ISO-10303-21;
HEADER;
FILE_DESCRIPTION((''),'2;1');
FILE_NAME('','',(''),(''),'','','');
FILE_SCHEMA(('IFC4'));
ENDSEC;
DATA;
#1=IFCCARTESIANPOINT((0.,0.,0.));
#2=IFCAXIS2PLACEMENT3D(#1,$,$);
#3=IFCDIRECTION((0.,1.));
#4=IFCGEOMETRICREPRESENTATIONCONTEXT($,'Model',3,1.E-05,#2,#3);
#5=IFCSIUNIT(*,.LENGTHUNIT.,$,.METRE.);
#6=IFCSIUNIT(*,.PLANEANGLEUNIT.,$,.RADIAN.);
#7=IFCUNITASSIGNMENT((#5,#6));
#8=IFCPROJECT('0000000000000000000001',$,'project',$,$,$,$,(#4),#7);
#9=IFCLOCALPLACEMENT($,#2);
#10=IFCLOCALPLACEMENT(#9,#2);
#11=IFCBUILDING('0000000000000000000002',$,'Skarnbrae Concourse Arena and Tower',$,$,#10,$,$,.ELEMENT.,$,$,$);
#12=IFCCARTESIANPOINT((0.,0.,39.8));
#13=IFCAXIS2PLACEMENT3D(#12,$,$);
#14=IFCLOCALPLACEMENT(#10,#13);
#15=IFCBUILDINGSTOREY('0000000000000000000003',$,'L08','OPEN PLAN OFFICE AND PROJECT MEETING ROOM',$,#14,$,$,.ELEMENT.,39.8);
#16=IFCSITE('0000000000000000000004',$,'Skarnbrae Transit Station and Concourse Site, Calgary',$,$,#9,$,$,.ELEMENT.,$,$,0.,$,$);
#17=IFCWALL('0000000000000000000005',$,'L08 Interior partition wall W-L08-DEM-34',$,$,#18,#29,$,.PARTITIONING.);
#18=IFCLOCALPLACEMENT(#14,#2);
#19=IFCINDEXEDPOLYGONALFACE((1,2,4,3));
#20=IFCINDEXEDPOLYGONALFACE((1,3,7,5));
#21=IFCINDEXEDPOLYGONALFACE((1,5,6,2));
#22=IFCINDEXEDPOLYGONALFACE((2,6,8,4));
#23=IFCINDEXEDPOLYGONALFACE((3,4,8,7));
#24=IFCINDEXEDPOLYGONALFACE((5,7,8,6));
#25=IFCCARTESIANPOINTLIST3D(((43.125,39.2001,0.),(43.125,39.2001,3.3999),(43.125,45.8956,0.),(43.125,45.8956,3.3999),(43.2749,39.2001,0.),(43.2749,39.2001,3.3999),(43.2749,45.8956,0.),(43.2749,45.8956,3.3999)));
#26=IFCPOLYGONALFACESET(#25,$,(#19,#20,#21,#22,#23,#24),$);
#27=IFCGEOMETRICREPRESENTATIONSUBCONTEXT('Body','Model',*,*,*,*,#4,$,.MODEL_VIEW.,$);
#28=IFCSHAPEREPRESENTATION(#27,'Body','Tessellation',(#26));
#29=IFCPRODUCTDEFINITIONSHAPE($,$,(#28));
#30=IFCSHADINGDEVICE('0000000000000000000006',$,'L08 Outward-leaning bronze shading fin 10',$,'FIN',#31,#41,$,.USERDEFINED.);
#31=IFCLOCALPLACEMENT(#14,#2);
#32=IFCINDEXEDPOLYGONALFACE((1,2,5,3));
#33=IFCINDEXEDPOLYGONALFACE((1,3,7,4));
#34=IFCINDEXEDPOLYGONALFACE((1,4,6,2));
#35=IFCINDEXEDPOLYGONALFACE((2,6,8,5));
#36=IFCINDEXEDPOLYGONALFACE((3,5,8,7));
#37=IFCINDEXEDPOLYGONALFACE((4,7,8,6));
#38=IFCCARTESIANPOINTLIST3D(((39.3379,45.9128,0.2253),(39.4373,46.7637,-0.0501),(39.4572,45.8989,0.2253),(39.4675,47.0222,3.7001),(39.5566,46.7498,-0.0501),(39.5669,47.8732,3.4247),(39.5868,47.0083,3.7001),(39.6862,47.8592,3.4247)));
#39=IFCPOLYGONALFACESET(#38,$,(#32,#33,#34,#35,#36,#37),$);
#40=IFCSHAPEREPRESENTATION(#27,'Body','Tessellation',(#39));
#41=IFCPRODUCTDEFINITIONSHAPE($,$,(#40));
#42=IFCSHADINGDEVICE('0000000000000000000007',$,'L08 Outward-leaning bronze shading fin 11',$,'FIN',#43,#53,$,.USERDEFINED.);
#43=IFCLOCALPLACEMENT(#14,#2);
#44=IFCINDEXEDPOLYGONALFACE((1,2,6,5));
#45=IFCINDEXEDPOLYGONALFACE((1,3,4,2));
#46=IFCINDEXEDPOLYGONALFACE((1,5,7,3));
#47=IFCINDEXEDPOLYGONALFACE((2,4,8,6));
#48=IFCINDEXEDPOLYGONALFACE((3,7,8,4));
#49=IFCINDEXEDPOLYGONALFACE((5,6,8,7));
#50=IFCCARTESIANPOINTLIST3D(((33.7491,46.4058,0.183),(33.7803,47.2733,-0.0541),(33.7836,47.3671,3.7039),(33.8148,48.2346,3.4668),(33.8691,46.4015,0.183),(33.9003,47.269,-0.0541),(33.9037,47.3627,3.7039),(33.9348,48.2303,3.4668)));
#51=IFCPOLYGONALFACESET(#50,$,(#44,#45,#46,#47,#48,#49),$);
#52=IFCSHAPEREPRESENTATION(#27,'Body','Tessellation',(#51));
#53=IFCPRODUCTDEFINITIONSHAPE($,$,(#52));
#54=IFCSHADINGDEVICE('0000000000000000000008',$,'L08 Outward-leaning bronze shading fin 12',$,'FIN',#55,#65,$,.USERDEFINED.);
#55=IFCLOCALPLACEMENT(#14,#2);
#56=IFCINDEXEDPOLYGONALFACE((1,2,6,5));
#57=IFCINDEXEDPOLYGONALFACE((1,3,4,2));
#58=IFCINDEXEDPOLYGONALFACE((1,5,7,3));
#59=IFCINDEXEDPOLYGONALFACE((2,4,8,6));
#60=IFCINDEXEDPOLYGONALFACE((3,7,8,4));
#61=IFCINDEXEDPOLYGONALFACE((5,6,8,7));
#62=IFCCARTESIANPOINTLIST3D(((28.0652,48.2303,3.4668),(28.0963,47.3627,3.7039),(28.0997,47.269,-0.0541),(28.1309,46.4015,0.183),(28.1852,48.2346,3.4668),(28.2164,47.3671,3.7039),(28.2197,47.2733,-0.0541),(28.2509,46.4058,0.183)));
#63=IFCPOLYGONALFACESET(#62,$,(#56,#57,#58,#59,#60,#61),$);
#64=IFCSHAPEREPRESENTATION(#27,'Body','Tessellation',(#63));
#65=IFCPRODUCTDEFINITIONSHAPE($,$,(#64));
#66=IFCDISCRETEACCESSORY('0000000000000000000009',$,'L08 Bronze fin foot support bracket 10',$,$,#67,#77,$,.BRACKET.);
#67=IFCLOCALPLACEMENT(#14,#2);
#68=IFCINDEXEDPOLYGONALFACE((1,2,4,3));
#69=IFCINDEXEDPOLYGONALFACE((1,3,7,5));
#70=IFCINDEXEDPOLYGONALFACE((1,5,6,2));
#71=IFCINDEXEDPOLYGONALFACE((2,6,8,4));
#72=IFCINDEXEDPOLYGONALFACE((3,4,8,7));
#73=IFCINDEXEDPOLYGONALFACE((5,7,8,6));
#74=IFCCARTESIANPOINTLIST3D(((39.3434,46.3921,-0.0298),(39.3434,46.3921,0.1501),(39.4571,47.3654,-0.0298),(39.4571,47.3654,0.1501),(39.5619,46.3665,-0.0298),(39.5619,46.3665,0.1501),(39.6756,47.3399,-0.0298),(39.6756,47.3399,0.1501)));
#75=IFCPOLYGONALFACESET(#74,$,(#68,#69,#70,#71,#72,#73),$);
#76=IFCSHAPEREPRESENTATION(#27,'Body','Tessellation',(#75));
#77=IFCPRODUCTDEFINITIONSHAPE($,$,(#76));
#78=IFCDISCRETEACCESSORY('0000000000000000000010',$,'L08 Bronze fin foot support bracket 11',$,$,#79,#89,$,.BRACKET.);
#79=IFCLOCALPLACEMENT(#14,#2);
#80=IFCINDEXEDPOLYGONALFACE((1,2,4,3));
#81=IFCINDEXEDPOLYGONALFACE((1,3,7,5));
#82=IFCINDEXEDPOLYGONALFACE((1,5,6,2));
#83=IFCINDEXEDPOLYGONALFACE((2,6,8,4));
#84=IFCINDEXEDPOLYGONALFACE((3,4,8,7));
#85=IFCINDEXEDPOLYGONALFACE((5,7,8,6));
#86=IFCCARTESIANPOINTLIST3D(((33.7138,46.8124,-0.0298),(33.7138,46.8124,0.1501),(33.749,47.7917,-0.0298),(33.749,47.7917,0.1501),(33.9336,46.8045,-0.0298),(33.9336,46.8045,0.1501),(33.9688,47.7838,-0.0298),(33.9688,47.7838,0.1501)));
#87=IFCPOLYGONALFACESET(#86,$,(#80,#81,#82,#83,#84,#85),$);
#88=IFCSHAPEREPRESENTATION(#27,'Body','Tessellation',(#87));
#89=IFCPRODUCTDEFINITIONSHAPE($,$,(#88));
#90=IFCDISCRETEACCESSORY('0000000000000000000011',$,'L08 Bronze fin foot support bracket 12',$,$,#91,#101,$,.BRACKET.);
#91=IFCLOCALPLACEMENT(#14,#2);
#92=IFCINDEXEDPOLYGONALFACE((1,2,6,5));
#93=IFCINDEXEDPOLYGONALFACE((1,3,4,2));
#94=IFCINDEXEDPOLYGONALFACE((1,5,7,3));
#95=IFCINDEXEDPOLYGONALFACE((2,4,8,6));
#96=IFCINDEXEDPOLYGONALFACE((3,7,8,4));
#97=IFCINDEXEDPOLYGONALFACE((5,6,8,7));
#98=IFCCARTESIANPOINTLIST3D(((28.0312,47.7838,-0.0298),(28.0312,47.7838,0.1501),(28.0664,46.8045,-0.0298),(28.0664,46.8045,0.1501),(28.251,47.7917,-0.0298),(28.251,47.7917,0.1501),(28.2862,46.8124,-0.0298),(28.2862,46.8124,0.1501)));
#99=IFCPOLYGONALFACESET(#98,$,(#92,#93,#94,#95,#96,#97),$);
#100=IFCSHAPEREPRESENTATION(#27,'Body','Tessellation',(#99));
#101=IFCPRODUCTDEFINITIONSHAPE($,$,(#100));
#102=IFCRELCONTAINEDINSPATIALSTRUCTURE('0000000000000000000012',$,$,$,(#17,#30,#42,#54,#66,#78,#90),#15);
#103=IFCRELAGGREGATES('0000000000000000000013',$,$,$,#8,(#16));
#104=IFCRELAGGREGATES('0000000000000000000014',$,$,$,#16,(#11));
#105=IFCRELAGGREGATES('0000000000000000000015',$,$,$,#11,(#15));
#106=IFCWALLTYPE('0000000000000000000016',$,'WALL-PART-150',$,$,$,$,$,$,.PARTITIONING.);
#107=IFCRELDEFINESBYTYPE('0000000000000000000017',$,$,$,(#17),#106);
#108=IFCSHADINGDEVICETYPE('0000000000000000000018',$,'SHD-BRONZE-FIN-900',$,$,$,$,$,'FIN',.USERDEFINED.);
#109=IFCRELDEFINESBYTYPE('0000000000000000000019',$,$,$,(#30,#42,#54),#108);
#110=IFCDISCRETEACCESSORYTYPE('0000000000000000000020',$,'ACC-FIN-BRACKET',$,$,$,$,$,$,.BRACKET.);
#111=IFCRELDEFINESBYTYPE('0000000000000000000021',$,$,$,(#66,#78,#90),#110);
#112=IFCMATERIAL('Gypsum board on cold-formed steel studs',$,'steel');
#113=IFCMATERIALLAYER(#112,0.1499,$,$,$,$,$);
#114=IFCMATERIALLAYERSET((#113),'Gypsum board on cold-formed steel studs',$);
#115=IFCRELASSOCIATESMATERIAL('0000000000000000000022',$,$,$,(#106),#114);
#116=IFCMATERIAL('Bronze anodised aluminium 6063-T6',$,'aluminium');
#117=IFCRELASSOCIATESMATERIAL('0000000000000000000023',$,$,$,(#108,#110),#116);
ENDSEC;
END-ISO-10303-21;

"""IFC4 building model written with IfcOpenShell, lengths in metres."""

from ifc_helpers import new_model, si_unit, direction, frame, frame_2d, origin, origin_2d, place, context, subcontext, project, spatial, rectangle, extrude, source, transform, mapped, material, layer, layer_set, type_object, element, save


model = new_model("IFC4")

# Units and contexts
model_context = context("Model", 3, precision=1e-05, world=origin(), true_north=direction((0.0, 1.0)))
body_context = subcontext(model_context, "Body", "Model", "MODEL_VIEW")
ifc_project = project(units=[si_unit("LENGTHUNIT", "METRE"), si_unit("PLANEANGLEUNIT", "RADIAN")], contexts=[model_context])

# Site, building, storey
site_placement = place(None, origin())
site = spatial("IfcSite", under=ifc_project, at=site_placement, Name="Skarnbrae Transit Station and Concourse Site, Calgary", CompositionType="ELEMENT", RefElevation=0.0)
building_placement = place(site_placement, origin())
building = spatial("IfcBuilding", under=site, at=building_placement, Name="Skarnbrae Concourse Arena and Tower", CompositionType="ELEMENT")
storey_placement = place(building_placement, frame((0.0, 0.0, 39.8)))
storey = spatial("IfcBuildingStorey", under=building, at=storey_placement, Name="L08", Description="OPEN PLAN OFFICE AND PROJECT MEETING ROOM", CompositionType="ELEMENT", Elevation=39.8)

# Shared definitions
ifc_material_1 = material(Name="Bronze anodised aluminium 6063-T6", Category="aluminium")

# Wall
ifc_material_2 = material(Name="Gypsum board on cold-formed steel studs", Category="steel")
ifc_layer_1 = layer(ifc_material_2, 0.1499)
ifc_layer_set_1 = layer_set([ifc_layer_1], Name="Gypsum board on cold-formed steel studs")
wall_type = type_object("IfcWallType", Name="WALL-PART-150", PredefinedType="PARTITIONING", material=ifc_layer_set_1)
shared_shape_1 = source(origin(), body_context, "Body", "SweptSolid", [
    extrude(rectangle(XDim=6.6956, YDim=0.1499, at=frame_2d((3.3477, 0.0))), origin(), (0.0, 0.0, 1.0), 3.3999),
])
wall_1_placement = place(storey_placement, frame((43.2, 45.8955, 0.0), z_axis=(0.0, 0.0, 1.0), x_axis=(0.0, -1.0, 0.0)))
element("IfcWall", 1, at=wall_1_placement, inside=storey, type_object=wall_type, Name="L08 Interior partition wall W-L08-DEM-34", PredefinedType="PARTITIONING", context=body_context, shape_type="MappedRepresentation", body=[
    mapped(shared_shape_1, transform((0.0, 0.0, 0.0))),
])

# Shading devices
shading_device_type = type_object("IfcShadingDeviceType", Name="SHD-BRONZE-FIN-900", ElementType="FIN", PredefinedType="USERDEFINED", material=ifc_material_1)
shared_shape_2 = source(origin(), body_context, "Body", "SweptSolid", [
    extrude(rectangle(XDim=0.1201, YDim=0.8999, at=origin_2d()), origin(), (0.0, 0.0, 1.0), 3.6499),
])
for number, where, z_axis, x_axis, name in (
    (2, (39.4473, 46.3313, 0.0876), (0.035513, 0.30396, 0.952023), (0.993244, -0.116047, 0.0), "L08 Outward-leaning bronze shading fin 10"),
    (3, (33.8247, 46.8374, 0.0645), (0.009459, 0.263367, 0.964649), (0.999356, -0.035894, 0.0), "L08 Outward-leaning bronze shading fin 11"),
    (4, (28.1753, 46.8374, 0.0645), (-0.009459, 0.263367, 0.964649), (0.999356, 0.035894, 0.0), "L08 Outward-leaning bronze shading fin 12"),
):
    element("IfcShadingDevice", number, at=place(storey_placement, frame(where, z_axis=z_axis, x_axis=x_axis)), inside=storey, type_object=shading_device_type, Name=name, ObjectType="FIN", PredefinedType="USERDEFINED", context=body_context, shape_type="MappedRepresentation", body=[
        mapped(shared_shape_2, transform((0.0, 0.0, 0.0))),
    ])

# Discrete accessories
discrete_accessory_type = type_object("IfcDiscreteAccessoryType", Name="ACC-FIN-BRACKET", PredefinedType="BRACKET", material=ifc_material_1)
shared_shape_3 = source(origin(), body_context, "Body", "SweptSolid", [
    extrude(rectangle(XDim=0.22, YDim=0.98, at=origin_2d()), origin(), (0.0, 0.0, 1.0), 0.1799),
])
for number, where, z_axis, x_axis, name in (
    (5, (39.5095, 46.866, -0.0298), (0.0, 0.0, 1.0), (0.993244, -0.116047, 0.0), "L08 Bronze fin foot support bracket 10"),
    (6, (33.8413, 47.2981, -0.0298), (0.0, 0.0, 1.0), (0.999356, -0.035894, 0.0), "L08 Bronze fin foot support bracket 11"),
    (7, (28.1587, 47.2981, -0.0298), (0.0, 0.0, 1.0), (0.999356, 0.035894, 0.0), "L08 Bronze fin foot support bracket 12"),
):
    element("IfcDiscreteAccessory", number, at=place(storey_placement, frame(where, z_axis=z_axis, x_axis=x_axis)), inside=storey, type_object=discrete_accessory_type, Name=name, PredefinedType="BRACKET", context=body_context, shape_type="MappedRepresentation", body=[
        mapped(shared_shape_3, transform((0.0, 0.0, 0.0))),
    ])

save(model, "model.ifc")
